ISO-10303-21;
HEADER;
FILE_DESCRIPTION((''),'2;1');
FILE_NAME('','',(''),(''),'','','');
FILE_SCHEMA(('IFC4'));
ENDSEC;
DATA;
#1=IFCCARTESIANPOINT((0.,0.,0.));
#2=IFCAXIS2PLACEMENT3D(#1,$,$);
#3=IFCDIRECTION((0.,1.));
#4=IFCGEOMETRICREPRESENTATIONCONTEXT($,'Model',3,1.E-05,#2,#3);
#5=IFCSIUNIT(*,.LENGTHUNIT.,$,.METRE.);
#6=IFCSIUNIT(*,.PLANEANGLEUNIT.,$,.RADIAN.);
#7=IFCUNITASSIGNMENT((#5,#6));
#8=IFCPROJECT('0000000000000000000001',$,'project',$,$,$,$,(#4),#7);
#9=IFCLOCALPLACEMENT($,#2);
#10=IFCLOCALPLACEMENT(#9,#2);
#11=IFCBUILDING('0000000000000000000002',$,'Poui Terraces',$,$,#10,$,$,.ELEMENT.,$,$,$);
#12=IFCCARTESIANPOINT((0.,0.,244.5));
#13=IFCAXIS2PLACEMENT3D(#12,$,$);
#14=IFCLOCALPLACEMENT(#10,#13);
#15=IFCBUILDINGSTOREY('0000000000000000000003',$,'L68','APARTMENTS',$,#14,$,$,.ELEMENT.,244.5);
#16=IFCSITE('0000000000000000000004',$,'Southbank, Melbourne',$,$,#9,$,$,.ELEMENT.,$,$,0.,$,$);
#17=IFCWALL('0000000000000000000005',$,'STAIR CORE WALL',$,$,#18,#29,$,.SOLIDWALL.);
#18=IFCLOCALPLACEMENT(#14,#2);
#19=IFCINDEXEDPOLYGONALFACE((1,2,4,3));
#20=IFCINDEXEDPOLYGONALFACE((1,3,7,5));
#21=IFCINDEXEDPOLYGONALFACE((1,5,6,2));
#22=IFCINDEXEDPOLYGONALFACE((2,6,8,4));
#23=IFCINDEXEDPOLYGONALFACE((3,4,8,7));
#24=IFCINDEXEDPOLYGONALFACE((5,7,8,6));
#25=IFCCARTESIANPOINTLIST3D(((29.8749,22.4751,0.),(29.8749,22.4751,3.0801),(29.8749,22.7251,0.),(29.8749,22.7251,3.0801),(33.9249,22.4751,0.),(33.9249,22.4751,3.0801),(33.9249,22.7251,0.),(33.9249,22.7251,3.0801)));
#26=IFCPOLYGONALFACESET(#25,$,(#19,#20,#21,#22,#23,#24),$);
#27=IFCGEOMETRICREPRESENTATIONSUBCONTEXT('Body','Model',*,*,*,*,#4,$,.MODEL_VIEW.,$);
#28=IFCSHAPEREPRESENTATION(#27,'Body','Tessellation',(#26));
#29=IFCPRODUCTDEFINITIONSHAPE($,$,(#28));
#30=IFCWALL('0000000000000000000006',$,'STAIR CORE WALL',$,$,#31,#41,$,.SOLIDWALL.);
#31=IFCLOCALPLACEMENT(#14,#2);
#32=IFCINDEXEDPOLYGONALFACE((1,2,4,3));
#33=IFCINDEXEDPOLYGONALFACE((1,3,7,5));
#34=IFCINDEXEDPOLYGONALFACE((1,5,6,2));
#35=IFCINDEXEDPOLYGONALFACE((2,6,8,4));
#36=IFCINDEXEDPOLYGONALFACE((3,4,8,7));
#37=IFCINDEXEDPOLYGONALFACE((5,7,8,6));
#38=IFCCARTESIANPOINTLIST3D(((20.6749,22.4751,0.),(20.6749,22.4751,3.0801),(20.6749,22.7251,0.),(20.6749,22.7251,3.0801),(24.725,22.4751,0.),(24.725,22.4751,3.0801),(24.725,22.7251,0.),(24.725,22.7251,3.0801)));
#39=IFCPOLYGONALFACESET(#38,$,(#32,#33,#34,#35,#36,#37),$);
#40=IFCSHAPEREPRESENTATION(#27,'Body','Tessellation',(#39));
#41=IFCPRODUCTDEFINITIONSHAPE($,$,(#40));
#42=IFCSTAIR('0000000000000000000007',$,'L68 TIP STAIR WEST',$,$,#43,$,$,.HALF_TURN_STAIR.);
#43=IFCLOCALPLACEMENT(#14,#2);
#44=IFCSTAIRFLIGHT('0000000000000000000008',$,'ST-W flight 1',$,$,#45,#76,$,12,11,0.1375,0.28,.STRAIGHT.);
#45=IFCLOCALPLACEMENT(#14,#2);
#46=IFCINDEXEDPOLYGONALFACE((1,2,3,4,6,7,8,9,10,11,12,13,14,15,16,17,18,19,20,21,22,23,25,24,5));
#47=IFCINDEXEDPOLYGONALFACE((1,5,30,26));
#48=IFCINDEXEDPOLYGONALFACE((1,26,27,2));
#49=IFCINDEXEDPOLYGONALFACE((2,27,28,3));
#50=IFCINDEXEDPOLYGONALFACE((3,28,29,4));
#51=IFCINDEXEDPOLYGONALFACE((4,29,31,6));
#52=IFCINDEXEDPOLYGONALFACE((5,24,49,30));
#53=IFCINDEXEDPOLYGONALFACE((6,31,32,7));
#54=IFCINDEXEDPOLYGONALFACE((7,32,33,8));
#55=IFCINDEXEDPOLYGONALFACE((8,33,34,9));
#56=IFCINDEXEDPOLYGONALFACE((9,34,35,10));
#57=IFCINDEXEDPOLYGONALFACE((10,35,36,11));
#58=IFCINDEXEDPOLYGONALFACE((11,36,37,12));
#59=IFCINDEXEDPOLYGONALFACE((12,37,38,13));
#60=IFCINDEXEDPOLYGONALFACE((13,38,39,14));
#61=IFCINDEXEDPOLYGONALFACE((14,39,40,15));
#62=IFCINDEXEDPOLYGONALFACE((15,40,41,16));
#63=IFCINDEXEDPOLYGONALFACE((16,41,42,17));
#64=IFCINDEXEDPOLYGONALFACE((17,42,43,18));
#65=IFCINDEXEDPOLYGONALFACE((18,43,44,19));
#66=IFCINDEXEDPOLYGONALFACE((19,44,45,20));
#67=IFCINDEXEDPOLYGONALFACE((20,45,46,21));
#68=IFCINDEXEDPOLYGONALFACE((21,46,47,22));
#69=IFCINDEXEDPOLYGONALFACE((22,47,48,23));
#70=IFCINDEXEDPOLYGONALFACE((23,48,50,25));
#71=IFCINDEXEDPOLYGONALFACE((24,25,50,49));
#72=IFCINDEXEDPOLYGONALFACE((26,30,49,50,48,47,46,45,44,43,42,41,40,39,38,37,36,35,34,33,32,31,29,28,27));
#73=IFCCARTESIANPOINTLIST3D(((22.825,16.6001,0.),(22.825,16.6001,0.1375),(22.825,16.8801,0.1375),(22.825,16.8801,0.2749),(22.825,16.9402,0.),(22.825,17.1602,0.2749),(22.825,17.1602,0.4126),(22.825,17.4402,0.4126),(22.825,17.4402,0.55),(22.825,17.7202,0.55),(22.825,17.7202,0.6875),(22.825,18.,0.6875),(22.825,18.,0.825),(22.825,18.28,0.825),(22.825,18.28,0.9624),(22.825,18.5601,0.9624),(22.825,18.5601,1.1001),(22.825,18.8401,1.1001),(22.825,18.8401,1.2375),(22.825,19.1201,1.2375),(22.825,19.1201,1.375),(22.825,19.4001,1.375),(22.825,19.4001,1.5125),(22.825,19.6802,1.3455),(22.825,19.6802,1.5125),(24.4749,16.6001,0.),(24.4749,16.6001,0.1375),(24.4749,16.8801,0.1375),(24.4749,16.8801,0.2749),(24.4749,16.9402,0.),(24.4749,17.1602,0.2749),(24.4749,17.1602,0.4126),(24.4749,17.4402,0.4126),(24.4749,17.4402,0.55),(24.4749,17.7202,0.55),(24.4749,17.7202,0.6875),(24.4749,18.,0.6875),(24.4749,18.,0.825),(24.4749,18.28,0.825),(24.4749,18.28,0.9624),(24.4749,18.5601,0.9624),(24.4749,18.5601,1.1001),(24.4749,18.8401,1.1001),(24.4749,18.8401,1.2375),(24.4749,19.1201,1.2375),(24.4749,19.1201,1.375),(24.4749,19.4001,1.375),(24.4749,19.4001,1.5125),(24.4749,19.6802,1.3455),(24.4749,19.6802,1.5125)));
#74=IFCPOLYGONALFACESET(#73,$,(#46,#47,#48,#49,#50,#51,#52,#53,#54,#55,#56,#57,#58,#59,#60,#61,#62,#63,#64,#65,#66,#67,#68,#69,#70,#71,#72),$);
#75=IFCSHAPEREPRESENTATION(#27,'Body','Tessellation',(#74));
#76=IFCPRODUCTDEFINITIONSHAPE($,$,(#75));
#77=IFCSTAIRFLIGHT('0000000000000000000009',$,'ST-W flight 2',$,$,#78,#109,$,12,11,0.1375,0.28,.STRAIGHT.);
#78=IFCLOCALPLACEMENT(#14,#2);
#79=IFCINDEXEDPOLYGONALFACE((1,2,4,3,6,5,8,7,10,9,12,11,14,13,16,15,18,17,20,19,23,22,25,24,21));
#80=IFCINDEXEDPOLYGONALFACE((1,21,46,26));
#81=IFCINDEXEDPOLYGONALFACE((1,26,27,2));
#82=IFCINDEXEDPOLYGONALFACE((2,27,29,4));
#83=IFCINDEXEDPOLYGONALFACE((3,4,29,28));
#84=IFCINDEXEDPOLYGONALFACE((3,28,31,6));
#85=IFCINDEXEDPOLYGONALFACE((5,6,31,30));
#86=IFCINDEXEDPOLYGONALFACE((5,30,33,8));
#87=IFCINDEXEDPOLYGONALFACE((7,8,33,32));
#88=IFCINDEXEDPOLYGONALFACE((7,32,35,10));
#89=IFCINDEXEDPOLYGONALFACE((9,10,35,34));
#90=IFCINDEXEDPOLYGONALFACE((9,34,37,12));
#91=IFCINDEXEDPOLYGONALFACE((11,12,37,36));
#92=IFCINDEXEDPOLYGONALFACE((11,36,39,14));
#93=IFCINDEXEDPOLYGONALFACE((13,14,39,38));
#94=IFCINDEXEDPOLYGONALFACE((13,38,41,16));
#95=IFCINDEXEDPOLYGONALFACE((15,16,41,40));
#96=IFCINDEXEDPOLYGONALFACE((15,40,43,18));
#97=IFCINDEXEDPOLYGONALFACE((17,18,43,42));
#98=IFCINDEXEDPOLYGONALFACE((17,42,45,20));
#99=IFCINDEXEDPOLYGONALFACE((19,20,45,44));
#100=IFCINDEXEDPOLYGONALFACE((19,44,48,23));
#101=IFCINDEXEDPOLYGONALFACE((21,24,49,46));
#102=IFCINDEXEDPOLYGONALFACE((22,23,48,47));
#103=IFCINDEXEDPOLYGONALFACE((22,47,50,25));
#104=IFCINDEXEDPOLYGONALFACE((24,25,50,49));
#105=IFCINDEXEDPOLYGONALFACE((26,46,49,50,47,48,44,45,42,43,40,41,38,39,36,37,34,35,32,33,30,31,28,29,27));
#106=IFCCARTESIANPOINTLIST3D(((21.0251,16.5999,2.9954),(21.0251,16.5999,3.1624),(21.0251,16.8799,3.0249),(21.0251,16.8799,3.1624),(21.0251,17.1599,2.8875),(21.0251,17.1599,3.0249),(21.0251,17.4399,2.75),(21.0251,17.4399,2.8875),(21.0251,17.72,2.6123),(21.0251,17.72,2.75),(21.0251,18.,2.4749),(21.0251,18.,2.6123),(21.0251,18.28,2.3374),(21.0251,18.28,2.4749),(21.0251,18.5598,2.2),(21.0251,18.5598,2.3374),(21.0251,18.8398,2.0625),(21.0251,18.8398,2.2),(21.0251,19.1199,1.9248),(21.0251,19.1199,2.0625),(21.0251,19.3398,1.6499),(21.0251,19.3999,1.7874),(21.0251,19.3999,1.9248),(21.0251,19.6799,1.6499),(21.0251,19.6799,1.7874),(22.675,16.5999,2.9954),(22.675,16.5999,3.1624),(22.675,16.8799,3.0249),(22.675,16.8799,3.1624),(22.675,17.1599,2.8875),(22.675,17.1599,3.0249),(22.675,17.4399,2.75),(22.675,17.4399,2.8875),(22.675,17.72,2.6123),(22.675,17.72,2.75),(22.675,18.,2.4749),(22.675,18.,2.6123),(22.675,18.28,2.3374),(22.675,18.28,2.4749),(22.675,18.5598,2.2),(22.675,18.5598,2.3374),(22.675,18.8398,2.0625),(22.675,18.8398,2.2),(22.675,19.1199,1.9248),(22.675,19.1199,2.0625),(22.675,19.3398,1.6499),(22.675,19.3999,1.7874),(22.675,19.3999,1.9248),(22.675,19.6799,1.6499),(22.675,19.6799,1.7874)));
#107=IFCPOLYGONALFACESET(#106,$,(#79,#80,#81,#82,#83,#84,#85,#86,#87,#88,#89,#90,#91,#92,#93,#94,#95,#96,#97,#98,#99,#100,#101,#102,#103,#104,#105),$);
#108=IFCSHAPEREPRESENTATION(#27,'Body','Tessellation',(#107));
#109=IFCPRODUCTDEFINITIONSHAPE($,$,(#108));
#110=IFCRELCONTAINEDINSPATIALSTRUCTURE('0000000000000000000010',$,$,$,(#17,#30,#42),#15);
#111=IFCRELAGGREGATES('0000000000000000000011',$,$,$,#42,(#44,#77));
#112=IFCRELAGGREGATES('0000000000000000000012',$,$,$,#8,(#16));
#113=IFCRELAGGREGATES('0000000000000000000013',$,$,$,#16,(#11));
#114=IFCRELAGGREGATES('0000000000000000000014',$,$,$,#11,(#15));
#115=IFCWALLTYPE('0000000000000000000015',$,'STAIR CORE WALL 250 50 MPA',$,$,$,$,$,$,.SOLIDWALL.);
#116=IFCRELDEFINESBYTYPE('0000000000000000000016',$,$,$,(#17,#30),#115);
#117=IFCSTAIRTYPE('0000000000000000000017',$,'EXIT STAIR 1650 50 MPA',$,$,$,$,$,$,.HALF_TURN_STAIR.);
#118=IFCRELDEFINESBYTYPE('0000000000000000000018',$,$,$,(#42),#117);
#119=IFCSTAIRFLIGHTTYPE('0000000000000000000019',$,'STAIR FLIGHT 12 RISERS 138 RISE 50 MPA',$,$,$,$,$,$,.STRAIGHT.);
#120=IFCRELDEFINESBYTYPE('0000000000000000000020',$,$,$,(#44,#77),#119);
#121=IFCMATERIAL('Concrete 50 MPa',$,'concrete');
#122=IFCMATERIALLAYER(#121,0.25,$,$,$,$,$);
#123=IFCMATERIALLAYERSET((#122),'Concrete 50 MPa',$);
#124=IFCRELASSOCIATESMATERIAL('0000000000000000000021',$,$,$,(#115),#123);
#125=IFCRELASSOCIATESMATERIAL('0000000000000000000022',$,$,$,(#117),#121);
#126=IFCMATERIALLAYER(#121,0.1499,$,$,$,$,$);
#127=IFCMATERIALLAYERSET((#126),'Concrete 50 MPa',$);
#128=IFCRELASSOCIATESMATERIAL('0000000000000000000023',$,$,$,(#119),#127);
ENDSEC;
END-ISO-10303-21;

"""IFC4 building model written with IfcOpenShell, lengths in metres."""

from ifc_helpers import new_model, si_unit, direction, frame, frame_2d, origin, place, context, subcontext, project, spatial, polyline, rectangle, outline, extrude, material, layer, layer_set, type_object, element, aggregate, save


model = new_model("IFC4")

# Units and contexts
model_context = context("Model", 3, precision=1e-05, world=origin(), true_north=direction((0.0, 1.0)))
body_context = subcontext(model_context, "Body", "Model", "MODEL_VIEW")
ifc_project = project(units=[si_unit("LENGTHUNIT", "METRE"), si_unit("PLANEANGLEUNIT", "RADIAN")], contexts=[model_context])

# Site, building, storey
site_placement = place(None, origin())
site = spatial("IfcSite", under=ifc_project, at=site_placement, Name="Southbank, Melbourne", CompositionType="ELEMENT", RefElevation=0.0)
building_placement = place(site_placement, origin())
building = spatial("IfcBuilding", under=site, at=building_placement, Name="Poui Terraces", CompositionType="ELEMENT")
storey_placement = place(building_placement, frame((0.0, 0.0, 244.5)))
storey = spatial("IfcBuildingStorey", under=building, at=storey_placement, Name="L68", Description="APARTMENTS", CompositionType="ELEMENT", Elevation=244.5)

# Walls
ifc_material_1 = material(Name="Concrete 50 MPa", Category="concrete")
ifc_layer_1 = layer(ifc_material_1, 0.25)
ifc_layer_set_1 = layer_set([ifc_layer_1], Name="Concrete 50 MPa")
wall_type = type_object("IfcWallType", Name="STAIR CORE WALL 250 50 MPA", PredefinedType="SOLIDWALL", material=ifc_layer_set_1)
for number, where, z_axis, x_axis, name in (
    (1, (29.875, 22.6001, 0.0), (0.0, 0.0, 1.0), (1.0, 0.0, 0.0), "STAIR CORE WALL"),
    (2, (20.675, 22.6001, 0.0), (0.0, 0.0, 1.0), (1.0, 0.0, 0.0), "STAIR CORE WALL"),
):
    element("IfcWall", number, at=place(storey_placement, frame(where, z_axis=z_axis, x_axis=x_axis)), inside=storey, type_object=wall_type, Name=name, PredefinedType="SOLIDWALL", context=body_context, shape_type="SweptSolid", body=[
        extrude(rectangle(XDim=4.05, YDim=0.25, at=frame_2d((2.0249, 0.0))), origin(), (0.0, 0.0, 1.0), 3.0801),
    ])

# Stair, stair flights
stair_type = type_object("IfcStairType", Name="EXIT STAIR 1650 50 MPA", PredefinedType="HALF_TURN_STAIR", material=ifc_material_1)
stair_placement = place(storey_placement, origin())
stair = element("IfcStair", 3, at=stair_placement, inside=storey, type_object=stair_type, Name="L68 TIP STAIR WEST", PredefinedType="HALF_TURN_STAIR")
ifc_layer_2 = layer(ifc_material_1, 0.1499)
ifc_layer_set_2 = layer_set([ifc_layer_2], Name="Concrete 50 MPa")
stair_flight_type = type_object("IfcStairFlightType", Name="STAIR FLIGHT 12 RISERS 138 RISE 50 MPA", PredefinedType="STRAIGHT", material=ifc_layer_set_2)
stair_flight_1_placement = place(storey_placement, frame((23.6499, 16.6001, 0.0), z_axis=(0.0, 0.0, 1.0), x_axis=(0.0, 1.0, 0.0)))
stair_flight_1 = element("IfcStairFlight", 4, at=stair_flight_1_placement, type_object=stair_flight_type, Name="ST-W flight 1", NumberOfRisers=12, NumberOfTreads=11, PredefinedType="STRAIGHT", RiserHeight=0.1375, TreadLength=0.28, context=body_context, shape_type="SweptSolid", body=[
    extrude(outline(polyline([(0.0, 0.0), (0.0, 0.1375), (0.28, 0.1375), (0.28, 0.2749), (0.5601, 0.2749), (0.5601, 0.4126), (0.8401, 0.4126), (0.8401, 0.55), (1.1201, 0.55), (1.1201, 0.6875), (1.3999, 0.6875), (1.3999, 0.825), (1.6799, 0.825), (1.6799, 0.9624), (1.96, 0.9624), (1.96, 1.1001), (2.24, 1.1001), (2.24, 1.2375), (2.52, 1.2375), (2.52, 1.375), (2.8, 1.375), (2.8, 1.5125), (3.0801, 1.5125), (3.0801, 1.6499), (3.0801, 1.3455), (0.3401, 0.0), (0.0, 0.0)])), frame((0.0, 0.825, 0.0), z_axis=(0.0, -1.0, 0.0), x_axis=(1.0, 0.0, 0.0)), (0.0, 0.0, 1.0), 1.6499),
])
stair_flight_2_placement = place(storey_placement, frame((21.8501, 19.6799, 1.6499), z_axis=(0.0, 0.0, 1.0), x_axis=(0.0, -1.0, 0.0)))
stair_flight_2 = element("IfcStairFlight", 5, at=stair_flight_2_placement, type_object=stair_flight_type, Name="ST-W flight 2", NumberOfRisers=12, NumberOfTreads=11, PredefinedType="STRAIGHT", RiserHeight=0.1375, TreadLength=0.28, context=body_context, shape_type="SweptSolid", body=[
    extrude(outline(polyline([(0.0, 0.0), (0.0, 0.1375), (0.28, 0.1375), (0.28, 0.2749), (0.5601, 0.2749), (0.5601, 0.4126), (0.8401, 0.4126), (0.8401, 0.55), (1.1201, 0.55), (1.1201, 0.6875), (1.3999, 0.6875), (1.3999, 0.825), (1.6799, 0.825), (1.6799, 0.9624), (1.96, 0.9624), (1.96, 1.1001), (2.24, 1.1001), (2.24, 1.2375), (2.52, 1.2375), (2.52, 1.375), (2.8, 1.375), (2.8, 1.5125), (3.0801, 1.5125), (3.0801, 1.6499), (3.0801, 1.3455), (0.3401, 0.0), (0.0, 0.0)])), frame((0.0, 0.825, 0.0), z_axis=(0.0, -1.0, 0.0), x_axis=(1.0, 0.0, 0.0)), (0.0, 0.0, 1.0), 1.6499),
])
aggregate(stair, [stair_flight_1, stair_flight_2])

save(model, "model.ifc")
